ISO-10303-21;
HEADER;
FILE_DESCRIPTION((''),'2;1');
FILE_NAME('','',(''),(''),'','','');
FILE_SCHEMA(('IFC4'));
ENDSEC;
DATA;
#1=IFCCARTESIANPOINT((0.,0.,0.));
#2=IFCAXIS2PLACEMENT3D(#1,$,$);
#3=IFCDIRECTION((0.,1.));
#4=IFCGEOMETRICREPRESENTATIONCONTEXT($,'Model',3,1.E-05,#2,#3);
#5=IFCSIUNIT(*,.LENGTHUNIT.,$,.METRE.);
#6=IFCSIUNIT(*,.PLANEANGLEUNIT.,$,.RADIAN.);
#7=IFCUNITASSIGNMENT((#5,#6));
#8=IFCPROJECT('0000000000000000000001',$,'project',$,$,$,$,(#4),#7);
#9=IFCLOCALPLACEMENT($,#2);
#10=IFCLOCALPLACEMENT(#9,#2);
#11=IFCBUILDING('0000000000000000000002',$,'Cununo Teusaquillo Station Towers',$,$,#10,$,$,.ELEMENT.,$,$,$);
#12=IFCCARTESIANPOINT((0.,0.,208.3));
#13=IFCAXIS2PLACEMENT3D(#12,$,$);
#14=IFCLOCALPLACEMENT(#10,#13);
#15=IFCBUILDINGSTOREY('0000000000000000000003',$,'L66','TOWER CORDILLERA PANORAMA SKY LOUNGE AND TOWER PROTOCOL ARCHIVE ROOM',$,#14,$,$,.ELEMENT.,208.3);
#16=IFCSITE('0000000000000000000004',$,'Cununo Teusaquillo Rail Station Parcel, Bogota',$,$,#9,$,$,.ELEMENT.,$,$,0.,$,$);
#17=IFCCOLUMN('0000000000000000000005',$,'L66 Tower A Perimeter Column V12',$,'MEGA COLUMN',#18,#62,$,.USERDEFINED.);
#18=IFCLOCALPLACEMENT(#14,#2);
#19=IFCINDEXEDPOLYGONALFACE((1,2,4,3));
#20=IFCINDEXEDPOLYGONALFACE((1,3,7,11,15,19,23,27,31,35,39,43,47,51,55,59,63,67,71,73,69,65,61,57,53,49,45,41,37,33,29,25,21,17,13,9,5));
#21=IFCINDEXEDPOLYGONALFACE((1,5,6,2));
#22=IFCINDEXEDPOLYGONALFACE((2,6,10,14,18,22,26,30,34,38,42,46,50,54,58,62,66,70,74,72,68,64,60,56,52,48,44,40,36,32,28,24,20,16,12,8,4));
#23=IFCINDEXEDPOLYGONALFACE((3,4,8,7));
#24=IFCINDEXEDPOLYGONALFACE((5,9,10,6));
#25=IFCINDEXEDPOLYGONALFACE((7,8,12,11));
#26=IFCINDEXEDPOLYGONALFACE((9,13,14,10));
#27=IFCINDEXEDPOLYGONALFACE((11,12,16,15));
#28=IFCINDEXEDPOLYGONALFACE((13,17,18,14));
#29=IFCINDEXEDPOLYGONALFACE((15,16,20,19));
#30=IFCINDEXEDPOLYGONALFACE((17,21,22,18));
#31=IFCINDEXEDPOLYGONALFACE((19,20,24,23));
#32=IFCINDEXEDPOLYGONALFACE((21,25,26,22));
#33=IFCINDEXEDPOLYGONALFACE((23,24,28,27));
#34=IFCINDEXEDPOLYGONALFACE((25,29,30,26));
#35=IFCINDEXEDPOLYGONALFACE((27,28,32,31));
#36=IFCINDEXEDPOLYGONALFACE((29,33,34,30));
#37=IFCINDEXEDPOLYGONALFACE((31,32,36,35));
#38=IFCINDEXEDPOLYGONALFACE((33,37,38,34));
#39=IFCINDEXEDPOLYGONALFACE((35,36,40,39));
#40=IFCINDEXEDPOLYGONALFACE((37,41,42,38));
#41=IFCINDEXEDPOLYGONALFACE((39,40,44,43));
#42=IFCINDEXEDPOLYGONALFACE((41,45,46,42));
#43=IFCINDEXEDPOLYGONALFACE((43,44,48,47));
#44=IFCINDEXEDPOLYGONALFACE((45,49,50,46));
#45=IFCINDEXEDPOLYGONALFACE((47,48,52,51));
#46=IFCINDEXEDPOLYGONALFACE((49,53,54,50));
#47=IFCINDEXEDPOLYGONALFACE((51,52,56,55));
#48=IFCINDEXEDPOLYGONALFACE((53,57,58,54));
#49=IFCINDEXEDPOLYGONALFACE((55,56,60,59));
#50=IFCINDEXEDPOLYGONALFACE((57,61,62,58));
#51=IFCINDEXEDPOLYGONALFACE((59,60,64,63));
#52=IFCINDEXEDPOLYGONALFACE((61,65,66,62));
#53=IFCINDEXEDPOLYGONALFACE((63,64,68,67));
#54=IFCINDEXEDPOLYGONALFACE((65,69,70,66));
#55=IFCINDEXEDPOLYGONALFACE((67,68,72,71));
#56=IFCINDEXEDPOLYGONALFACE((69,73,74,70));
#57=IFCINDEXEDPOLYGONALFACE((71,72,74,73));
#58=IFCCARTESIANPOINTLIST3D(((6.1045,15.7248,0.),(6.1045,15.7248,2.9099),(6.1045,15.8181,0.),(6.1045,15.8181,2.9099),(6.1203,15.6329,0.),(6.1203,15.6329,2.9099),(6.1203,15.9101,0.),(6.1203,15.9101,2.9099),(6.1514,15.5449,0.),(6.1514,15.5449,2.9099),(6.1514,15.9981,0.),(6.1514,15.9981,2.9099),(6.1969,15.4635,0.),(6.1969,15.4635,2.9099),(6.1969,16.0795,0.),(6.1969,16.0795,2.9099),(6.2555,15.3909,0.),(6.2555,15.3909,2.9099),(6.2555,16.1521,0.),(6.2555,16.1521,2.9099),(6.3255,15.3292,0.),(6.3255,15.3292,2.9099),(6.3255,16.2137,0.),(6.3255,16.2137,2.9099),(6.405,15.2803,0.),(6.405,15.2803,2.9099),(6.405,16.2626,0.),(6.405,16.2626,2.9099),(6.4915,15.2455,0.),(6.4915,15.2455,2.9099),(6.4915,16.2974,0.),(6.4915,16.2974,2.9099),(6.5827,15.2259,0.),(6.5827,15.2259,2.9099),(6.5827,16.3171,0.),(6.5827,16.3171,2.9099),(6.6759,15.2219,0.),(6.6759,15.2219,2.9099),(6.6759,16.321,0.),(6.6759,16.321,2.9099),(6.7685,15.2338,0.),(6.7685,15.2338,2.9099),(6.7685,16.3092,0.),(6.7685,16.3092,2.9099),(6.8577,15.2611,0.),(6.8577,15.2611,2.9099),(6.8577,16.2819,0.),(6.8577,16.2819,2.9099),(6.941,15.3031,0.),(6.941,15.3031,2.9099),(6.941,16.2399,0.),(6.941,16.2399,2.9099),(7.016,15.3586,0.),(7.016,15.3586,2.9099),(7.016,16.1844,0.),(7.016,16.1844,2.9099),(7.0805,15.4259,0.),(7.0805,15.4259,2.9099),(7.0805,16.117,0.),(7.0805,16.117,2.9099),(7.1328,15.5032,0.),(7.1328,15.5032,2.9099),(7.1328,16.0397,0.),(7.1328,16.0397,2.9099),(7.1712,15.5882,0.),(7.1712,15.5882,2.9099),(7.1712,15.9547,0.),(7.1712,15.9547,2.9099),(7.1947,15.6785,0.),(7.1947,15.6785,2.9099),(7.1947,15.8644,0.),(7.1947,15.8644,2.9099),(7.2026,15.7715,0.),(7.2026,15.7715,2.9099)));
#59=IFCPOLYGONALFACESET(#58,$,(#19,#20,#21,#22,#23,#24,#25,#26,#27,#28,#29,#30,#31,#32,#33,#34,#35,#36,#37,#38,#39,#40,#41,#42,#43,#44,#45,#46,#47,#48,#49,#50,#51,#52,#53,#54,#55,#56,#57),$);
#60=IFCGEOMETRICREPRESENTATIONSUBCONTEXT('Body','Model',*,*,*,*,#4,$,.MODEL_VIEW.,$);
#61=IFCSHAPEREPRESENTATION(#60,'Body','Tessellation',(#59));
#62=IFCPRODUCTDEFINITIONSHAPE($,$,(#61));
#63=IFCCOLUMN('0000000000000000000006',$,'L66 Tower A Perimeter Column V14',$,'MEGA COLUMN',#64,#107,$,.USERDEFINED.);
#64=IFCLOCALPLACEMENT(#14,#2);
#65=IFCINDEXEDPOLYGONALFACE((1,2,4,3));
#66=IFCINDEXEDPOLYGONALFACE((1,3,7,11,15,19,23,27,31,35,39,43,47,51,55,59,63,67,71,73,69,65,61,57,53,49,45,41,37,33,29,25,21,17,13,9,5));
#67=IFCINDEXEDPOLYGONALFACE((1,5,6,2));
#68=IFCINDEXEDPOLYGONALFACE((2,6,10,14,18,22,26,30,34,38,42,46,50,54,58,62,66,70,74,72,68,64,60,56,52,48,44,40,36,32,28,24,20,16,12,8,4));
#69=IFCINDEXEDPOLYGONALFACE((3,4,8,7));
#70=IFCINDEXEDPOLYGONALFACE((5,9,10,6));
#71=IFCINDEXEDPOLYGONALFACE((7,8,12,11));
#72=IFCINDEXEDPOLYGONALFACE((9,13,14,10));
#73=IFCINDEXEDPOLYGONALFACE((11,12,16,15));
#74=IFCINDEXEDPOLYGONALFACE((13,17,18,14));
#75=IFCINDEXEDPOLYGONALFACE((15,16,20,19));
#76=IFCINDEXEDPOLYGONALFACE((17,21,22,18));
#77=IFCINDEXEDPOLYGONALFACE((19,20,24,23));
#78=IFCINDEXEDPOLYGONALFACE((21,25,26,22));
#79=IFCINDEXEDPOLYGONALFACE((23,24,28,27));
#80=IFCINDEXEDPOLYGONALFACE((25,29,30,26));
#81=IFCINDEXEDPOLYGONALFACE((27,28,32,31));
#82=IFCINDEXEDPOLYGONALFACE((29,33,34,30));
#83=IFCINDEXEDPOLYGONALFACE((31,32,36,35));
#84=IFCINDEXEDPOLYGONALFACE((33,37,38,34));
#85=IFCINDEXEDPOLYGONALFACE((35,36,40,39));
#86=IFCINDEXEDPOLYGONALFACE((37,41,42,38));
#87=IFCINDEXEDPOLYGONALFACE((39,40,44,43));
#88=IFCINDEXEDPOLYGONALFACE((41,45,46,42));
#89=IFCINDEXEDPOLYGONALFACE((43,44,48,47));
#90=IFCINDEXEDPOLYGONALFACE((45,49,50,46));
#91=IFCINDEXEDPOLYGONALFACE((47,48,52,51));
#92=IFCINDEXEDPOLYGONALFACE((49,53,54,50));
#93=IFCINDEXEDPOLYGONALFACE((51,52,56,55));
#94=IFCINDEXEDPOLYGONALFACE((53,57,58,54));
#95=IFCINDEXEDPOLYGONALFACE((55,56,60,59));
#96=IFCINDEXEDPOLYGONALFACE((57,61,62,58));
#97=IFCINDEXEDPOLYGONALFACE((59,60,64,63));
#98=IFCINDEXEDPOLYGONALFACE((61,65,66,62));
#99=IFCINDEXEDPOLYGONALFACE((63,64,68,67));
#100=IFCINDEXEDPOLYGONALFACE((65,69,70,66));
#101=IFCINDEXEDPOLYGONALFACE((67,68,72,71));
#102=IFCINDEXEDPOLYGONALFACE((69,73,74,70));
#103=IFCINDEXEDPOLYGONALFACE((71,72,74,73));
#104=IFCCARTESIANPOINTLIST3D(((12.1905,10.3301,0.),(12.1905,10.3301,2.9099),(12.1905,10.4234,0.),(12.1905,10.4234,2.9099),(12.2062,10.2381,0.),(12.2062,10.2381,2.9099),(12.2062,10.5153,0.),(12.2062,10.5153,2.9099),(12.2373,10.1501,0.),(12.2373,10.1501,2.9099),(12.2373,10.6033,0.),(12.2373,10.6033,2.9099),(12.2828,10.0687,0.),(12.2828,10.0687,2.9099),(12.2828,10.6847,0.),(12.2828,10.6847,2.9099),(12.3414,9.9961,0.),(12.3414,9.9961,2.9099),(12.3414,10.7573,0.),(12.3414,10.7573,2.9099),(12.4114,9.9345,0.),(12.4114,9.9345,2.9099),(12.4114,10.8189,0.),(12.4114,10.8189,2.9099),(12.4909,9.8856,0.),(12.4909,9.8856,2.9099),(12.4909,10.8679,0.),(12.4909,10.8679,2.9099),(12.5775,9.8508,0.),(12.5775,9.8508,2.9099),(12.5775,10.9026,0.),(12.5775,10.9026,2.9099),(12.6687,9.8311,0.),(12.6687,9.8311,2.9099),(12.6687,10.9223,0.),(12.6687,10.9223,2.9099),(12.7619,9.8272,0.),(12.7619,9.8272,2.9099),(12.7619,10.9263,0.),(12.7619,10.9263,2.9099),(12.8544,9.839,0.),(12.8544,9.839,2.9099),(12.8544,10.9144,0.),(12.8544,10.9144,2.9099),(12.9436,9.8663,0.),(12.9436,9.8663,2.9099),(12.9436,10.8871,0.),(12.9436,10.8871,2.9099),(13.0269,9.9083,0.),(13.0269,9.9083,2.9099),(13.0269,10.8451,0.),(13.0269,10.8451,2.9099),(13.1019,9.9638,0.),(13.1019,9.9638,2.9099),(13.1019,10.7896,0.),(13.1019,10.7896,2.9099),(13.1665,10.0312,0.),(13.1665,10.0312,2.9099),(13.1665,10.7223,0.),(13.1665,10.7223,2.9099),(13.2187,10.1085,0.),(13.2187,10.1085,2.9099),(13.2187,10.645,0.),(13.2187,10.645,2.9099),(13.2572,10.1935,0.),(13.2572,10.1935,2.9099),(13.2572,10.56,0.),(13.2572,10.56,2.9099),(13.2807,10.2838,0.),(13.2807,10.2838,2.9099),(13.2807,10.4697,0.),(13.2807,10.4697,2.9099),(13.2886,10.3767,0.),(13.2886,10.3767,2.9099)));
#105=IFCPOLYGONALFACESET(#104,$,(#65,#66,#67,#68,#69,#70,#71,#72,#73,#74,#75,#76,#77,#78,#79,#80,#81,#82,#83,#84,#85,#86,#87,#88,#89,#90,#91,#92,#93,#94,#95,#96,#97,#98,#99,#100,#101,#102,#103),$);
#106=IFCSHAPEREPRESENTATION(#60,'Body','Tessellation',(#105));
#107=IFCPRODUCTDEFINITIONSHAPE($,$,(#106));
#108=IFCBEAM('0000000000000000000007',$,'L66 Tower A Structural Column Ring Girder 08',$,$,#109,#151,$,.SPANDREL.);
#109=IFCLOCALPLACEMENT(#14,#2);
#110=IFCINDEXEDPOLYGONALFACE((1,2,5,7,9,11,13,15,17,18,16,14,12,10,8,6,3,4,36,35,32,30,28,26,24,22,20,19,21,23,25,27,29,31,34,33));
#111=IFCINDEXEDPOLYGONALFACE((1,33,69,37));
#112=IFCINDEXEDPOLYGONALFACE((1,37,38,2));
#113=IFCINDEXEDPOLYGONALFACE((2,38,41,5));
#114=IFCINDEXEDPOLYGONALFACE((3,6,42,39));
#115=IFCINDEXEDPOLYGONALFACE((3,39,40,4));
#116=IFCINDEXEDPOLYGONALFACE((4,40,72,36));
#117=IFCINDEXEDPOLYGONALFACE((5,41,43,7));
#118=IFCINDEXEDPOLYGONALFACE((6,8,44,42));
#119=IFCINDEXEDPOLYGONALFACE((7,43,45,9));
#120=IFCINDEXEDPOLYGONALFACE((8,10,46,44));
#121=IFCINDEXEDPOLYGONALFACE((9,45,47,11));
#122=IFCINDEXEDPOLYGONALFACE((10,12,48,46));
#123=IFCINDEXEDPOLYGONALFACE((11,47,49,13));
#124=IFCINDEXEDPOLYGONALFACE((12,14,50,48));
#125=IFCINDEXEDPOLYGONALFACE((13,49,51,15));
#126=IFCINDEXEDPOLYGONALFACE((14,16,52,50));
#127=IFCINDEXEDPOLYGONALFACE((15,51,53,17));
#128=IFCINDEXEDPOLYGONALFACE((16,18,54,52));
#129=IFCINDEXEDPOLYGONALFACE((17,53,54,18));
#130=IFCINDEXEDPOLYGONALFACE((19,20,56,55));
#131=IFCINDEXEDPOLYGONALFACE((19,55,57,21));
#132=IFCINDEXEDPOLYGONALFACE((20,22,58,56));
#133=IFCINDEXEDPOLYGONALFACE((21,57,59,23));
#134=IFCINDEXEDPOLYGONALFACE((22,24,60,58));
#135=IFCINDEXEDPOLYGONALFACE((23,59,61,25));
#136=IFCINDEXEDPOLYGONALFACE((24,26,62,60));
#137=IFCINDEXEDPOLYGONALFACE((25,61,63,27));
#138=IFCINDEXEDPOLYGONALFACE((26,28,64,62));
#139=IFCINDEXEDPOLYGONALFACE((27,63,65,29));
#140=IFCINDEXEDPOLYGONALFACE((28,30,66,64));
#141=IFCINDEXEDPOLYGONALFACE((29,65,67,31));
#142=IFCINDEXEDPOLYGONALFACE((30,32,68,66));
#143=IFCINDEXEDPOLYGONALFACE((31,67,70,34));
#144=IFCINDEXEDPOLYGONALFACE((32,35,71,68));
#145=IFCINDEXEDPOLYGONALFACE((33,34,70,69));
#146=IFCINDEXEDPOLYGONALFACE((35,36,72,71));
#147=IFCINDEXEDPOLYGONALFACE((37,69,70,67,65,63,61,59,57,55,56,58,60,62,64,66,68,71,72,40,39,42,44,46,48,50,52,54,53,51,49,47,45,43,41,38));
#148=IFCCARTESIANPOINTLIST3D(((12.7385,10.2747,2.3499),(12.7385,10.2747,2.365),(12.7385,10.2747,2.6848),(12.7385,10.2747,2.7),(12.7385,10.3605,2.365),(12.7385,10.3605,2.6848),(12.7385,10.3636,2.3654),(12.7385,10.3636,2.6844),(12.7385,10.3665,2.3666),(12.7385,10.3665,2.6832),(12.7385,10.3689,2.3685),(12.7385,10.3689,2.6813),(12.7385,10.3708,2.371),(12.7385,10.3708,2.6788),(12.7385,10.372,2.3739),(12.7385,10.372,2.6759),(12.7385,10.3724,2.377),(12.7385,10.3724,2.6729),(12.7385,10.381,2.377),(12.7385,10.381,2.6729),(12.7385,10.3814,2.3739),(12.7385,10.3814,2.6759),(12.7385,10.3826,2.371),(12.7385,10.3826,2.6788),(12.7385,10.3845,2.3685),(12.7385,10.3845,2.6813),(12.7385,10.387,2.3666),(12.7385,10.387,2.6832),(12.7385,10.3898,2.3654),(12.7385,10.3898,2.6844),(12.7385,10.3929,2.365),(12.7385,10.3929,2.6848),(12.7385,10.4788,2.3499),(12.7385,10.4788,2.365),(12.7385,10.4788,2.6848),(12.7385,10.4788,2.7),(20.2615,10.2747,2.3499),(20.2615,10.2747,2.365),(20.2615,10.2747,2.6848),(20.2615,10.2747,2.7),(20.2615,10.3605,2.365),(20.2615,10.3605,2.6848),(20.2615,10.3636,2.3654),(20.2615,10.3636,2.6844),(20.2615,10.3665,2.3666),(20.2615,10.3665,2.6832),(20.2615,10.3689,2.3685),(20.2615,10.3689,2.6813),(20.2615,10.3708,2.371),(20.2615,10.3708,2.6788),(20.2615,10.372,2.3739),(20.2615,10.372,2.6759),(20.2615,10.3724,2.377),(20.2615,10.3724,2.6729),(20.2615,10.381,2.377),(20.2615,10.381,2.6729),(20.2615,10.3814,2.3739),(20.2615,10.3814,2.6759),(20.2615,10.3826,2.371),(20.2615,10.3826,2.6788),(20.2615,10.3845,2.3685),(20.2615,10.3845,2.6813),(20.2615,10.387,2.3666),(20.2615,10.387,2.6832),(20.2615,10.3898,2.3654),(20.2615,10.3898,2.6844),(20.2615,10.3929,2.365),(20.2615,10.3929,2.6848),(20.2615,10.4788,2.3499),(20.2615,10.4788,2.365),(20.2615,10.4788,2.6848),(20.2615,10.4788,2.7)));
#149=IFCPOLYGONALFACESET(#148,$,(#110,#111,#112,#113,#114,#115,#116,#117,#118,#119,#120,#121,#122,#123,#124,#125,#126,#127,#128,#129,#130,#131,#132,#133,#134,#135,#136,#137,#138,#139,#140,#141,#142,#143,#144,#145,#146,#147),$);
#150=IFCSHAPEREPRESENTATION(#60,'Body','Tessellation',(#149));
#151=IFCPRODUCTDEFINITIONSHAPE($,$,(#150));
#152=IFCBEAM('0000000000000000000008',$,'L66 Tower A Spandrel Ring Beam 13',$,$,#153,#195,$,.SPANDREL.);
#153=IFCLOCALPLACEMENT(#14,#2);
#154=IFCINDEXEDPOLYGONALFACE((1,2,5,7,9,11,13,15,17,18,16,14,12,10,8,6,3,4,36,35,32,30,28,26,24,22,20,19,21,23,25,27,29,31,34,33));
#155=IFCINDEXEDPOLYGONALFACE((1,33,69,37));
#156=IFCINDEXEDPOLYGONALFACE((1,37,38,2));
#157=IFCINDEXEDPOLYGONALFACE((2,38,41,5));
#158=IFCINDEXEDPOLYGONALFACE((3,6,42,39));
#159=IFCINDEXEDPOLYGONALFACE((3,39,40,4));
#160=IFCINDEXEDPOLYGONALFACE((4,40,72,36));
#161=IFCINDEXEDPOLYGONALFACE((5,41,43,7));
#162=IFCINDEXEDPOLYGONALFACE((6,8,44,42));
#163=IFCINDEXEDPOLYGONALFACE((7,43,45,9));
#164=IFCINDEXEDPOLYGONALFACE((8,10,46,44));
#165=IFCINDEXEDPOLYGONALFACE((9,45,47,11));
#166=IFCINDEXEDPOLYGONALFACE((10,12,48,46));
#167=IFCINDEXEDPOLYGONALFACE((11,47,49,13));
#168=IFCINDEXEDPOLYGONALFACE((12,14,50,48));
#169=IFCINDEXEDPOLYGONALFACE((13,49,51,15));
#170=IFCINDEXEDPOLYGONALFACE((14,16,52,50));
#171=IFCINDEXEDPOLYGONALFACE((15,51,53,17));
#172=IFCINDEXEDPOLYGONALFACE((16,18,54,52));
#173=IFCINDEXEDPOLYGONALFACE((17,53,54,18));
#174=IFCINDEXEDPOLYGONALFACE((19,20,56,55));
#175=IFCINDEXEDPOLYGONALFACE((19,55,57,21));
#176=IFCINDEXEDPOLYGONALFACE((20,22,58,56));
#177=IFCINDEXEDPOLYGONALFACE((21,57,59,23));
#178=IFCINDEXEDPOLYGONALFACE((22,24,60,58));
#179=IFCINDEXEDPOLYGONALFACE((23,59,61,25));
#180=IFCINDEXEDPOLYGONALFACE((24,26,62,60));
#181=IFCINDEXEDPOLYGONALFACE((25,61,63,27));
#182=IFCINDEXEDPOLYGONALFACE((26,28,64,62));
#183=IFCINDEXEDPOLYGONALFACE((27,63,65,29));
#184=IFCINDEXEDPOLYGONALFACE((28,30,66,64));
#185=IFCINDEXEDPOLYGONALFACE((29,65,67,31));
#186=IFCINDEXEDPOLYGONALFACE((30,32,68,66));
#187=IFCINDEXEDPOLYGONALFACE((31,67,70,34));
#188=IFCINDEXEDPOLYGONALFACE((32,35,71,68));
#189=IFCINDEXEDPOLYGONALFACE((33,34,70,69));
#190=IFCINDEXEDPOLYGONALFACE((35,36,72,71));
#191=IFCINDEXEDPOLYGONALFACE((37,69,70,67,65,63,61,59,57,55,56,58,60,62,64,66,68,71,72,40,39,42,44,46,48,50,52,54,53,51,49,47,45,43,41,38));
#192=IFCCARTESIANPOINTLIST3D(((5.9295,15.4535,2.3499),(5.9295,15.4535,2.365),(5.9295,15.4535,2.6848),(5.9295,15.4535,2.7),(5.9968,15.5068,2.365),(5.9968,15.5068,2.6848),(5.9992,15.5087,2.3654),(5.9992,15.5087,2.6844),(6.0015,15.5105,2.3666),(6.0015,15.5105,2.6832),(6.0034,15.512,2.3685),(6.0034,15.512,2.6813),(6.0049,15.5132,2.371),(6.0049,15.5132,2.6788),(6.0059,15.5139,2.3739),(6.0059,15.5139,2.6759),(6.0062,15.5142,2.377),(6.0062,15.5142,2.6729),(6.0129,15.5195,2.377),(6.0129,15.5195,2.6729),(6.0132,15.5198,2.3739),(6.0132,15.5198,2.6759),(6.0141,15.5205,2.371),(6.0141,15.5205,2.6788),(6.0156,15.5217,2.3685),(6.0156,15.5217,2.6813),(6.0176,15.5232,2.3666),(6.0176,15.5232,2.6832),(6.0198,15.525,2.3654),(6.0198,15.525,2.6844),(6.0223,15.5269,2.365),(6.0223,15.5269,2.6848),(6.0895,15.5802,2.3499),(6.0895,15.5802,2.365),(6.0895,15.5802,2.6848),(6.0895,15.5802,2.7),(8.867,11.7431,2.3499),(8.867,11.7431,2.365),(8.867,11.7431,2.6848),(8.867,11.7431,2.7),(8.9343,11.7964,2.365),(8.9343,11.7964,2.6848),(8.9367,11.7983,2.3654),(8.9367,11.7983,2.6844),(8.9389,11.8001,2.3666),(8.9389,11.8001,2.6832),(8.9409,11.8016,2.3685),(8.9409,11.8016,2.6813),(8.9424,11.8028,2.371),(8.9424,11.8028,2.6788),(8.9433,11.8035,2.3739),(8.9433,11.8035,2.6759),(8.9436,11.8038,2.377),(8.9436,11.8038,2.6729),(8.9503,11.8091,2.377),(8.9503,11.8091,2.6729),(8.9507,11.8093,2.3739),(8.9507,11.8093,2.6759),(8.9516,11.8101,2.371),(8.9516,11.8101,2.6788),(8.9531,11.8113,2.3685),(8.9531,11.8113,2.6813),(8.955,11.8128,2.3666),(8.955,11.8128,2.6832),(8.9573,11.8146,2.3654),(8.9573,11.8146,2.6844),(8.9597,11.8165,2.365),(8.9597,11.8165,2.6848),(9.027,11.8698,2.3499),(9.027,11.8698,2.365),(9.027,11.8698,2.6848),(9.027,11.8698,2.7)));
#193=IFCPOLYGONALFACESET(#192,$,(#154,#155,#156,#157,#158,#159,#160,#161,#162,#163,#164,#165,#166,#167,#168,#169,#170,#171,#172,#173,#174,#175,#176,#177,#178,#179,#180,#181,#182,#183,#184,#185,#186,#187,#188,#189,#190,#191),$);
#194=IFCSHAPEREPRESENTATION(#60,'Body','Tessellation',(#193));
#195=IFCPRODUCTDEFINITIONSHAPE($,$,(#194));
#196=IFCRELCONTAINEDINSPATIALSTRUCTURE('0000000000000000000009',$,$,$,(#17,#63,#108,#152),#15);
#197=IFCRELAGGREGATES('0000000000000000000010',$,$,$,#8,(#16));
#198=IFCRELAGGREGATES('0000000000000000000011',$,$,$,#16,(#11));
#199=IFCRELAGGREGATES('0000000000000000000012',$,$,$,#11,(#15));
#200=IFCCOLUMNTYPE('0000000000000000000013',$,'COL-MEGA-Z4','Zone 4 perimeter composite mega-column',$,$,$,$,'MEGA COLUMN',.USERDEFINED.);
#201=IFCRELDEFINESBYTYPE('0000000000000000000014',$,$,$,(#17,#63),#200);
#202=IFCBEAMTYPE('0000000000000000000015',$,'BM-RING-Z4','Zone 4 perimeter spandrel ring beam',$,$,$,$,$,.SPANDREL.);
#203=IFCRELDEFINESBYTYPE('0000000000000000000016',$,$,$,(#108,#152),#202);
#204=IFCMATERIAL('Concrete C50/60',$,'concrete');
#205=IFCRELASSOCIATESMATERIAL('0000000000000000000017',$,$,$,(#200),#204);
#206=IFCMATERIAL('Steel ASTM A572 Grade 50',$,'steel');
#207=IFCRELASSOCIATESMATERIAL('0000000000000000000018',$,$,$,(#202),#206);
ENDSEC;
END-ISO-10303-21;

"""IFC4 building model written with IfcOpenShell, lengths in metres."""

from ifc_helpers import new_model, si_unit, direction, frame, origin, origin_2d, place, context, subcontext, project, spatial, circle, i_section, extrude, material, material_profile, profile_set, type_object, element, save


model = new_model("IFC4")

# Units and contexts
model_context = context("Model", 3, precision=1e-05, world=origin(), true_north=direction((0.0, 1.0)))
body_context = subcontext(model_context, "Body", "Model", "MODEL_VIEW")
ifc_project = project(units=[si_unit("LENGTHUNIT", "METRE"), si_unit("PLANEANGLEUNIT", "RADIAN")], contexts=[model_context])

# Site, building, storey
site_placement = place(None, origin())
site = spatial("IfcSite", under=ifc_project, at=site_placement, Name="Cununo Teusaquillo Rail Station Parcel, Bogota", CompositionType="ELEMENT", RefElevation=0.0)
building_placement = place(site_placement, origin())
building = spatial("IfcBuilding", under=site, at=building_placement, Name="Cununo Teusaquillo Station Towers", CompositionType="ELEMENT")
storey_placement = place(building_placement, frame((0.0, 0.0, 208.3)))
storey = spatial("IfcBuildingStorey", under=building, at=storey_placement, Name="L66", Description="TOWER CORDILLERA PANORAMA SKY LOUNGE AND TOWER PROTOCOL ARCHIVE ROOM", CompositionType="ELEMENT", Elevation=208.3)

# Columns
ifc_material_1 = material(Name="Concrete C50/60", Category="concrete")
ifc_material_profile_1 = material_profile(ifc_material_1, circle(Radius=0.55, at=origin_2d()), Name="RC-CIRC-1100")
ifc_profile_set_1 = profile_set([ifc_material_profile_1], Name="Concrete C50/60")
column_type = type_object("IfcColumnType", Name="COL-MEGA-Z4", Description="Zone 4 perimeter composite mega-column", ElementType="MEGA COLUMN", PredefinedType="USERDEFINED", material=ifc_profile_set_1)
for number, where, z_axis, x_axis, name in (
    (1, (6.6526, 15.7715, 0.0), (0.0, 0.0, 1.0), (1.0, 0.0, 0.0), "L66 Tower A Perimeter Column V12"),
    (2, (12.7385, 10.3767, 0.0), (0.0, 0.0, 1.0), (1.0, 0.0, 0.0), "L66 Tower A Perimeter Column V14"),
):
    element("IfcColumn", number, at=place(storey_placement, frame(where, z_axis=z_axis, x_axis=x_axis)), inside=storey, type_object=column_type, Name=name, ObjectType="MEGA COLUMN", PredefinedType="USERDEFINED", context=body_context, shape_type="SweptSolid", body=[
        extrude(circle(Radius=0.55, at=origin_2d()), origin(), (0.0, 0.0, 1.0), 2.9099),
    ])

# Beams
ifc_material_2 = material(Name="Steel ASTM A572 Grade 50", Category="steel")
ifc_material_profile_2 = material_profile(ifc_material_2, i_section(OverallWidth=0.2041, OverallDepth=0.3501, WebThickness=0.0085, FlangeThickness=0.0151, FilletRadius=0.012, at=origin_2d()), Name="W14X48")
ifc_profile_set_2 = profile_set([ifc_material_profile_2], Name="Steel ASTM A572 Grade 50")
beam_type = type_object("IfcBeamType", Name="BM-RING-Z4", Description="Zone 4 perimeter spandrel ring beam", PredefinedType="SPANDREL", material=ifc_profile_set_2)
beam_1_placement = place(storey_placement, frame((12.7385, 10.3767, 2.5249), z_axis=(1.0, 0.0, 0.0), x_axis=(0.0, 1.0, 0.0)))
element("IfcBeam", 3, at=beam_1_placement, inside=storey, type_object=beam_type, Name="L66 Tower A Structural Column Ring Girder 08", PredefinedType="SPANDREL", context=body_context, shape_type="SweptSolid", body=[
    extrude(i_section(OverallWidth=0.2041, OverallDepth=0.3501, WebThickness=0.0085, FlangeThickness=0.0151, FilletRadius=0.012, at=origin_2d()), origin(), (0.0, 0.0, 1.0), 7.5229),
])
beam_2_placement = place(storey_placement, frame((6.0095, 15.5168, 2.5249), z_axis=(0.620711, -0.78404, 0.0), x_axis=(0.78404, 0.620711, 0.0)))
element("IfcBeam", 4, at=beam_2_placement, inside=storey, type_object=beam_type, Name="L66 Tower A Spandrel Ring Beam 13", PredefinedType="SPANDREL", context=body_context, shape_type="SweptSolid", body=[
    extrude(i_section(OverallWidth=0.2041, OverallDepth=0.3501, WebThickness=0.0085, FlangeThickness=0.0151, FilletRadius=0.012, at=origin_2d()), origin(), (0.0, 0.0, 1.0), 4.7324),
])

save(model, "model.ifc")
